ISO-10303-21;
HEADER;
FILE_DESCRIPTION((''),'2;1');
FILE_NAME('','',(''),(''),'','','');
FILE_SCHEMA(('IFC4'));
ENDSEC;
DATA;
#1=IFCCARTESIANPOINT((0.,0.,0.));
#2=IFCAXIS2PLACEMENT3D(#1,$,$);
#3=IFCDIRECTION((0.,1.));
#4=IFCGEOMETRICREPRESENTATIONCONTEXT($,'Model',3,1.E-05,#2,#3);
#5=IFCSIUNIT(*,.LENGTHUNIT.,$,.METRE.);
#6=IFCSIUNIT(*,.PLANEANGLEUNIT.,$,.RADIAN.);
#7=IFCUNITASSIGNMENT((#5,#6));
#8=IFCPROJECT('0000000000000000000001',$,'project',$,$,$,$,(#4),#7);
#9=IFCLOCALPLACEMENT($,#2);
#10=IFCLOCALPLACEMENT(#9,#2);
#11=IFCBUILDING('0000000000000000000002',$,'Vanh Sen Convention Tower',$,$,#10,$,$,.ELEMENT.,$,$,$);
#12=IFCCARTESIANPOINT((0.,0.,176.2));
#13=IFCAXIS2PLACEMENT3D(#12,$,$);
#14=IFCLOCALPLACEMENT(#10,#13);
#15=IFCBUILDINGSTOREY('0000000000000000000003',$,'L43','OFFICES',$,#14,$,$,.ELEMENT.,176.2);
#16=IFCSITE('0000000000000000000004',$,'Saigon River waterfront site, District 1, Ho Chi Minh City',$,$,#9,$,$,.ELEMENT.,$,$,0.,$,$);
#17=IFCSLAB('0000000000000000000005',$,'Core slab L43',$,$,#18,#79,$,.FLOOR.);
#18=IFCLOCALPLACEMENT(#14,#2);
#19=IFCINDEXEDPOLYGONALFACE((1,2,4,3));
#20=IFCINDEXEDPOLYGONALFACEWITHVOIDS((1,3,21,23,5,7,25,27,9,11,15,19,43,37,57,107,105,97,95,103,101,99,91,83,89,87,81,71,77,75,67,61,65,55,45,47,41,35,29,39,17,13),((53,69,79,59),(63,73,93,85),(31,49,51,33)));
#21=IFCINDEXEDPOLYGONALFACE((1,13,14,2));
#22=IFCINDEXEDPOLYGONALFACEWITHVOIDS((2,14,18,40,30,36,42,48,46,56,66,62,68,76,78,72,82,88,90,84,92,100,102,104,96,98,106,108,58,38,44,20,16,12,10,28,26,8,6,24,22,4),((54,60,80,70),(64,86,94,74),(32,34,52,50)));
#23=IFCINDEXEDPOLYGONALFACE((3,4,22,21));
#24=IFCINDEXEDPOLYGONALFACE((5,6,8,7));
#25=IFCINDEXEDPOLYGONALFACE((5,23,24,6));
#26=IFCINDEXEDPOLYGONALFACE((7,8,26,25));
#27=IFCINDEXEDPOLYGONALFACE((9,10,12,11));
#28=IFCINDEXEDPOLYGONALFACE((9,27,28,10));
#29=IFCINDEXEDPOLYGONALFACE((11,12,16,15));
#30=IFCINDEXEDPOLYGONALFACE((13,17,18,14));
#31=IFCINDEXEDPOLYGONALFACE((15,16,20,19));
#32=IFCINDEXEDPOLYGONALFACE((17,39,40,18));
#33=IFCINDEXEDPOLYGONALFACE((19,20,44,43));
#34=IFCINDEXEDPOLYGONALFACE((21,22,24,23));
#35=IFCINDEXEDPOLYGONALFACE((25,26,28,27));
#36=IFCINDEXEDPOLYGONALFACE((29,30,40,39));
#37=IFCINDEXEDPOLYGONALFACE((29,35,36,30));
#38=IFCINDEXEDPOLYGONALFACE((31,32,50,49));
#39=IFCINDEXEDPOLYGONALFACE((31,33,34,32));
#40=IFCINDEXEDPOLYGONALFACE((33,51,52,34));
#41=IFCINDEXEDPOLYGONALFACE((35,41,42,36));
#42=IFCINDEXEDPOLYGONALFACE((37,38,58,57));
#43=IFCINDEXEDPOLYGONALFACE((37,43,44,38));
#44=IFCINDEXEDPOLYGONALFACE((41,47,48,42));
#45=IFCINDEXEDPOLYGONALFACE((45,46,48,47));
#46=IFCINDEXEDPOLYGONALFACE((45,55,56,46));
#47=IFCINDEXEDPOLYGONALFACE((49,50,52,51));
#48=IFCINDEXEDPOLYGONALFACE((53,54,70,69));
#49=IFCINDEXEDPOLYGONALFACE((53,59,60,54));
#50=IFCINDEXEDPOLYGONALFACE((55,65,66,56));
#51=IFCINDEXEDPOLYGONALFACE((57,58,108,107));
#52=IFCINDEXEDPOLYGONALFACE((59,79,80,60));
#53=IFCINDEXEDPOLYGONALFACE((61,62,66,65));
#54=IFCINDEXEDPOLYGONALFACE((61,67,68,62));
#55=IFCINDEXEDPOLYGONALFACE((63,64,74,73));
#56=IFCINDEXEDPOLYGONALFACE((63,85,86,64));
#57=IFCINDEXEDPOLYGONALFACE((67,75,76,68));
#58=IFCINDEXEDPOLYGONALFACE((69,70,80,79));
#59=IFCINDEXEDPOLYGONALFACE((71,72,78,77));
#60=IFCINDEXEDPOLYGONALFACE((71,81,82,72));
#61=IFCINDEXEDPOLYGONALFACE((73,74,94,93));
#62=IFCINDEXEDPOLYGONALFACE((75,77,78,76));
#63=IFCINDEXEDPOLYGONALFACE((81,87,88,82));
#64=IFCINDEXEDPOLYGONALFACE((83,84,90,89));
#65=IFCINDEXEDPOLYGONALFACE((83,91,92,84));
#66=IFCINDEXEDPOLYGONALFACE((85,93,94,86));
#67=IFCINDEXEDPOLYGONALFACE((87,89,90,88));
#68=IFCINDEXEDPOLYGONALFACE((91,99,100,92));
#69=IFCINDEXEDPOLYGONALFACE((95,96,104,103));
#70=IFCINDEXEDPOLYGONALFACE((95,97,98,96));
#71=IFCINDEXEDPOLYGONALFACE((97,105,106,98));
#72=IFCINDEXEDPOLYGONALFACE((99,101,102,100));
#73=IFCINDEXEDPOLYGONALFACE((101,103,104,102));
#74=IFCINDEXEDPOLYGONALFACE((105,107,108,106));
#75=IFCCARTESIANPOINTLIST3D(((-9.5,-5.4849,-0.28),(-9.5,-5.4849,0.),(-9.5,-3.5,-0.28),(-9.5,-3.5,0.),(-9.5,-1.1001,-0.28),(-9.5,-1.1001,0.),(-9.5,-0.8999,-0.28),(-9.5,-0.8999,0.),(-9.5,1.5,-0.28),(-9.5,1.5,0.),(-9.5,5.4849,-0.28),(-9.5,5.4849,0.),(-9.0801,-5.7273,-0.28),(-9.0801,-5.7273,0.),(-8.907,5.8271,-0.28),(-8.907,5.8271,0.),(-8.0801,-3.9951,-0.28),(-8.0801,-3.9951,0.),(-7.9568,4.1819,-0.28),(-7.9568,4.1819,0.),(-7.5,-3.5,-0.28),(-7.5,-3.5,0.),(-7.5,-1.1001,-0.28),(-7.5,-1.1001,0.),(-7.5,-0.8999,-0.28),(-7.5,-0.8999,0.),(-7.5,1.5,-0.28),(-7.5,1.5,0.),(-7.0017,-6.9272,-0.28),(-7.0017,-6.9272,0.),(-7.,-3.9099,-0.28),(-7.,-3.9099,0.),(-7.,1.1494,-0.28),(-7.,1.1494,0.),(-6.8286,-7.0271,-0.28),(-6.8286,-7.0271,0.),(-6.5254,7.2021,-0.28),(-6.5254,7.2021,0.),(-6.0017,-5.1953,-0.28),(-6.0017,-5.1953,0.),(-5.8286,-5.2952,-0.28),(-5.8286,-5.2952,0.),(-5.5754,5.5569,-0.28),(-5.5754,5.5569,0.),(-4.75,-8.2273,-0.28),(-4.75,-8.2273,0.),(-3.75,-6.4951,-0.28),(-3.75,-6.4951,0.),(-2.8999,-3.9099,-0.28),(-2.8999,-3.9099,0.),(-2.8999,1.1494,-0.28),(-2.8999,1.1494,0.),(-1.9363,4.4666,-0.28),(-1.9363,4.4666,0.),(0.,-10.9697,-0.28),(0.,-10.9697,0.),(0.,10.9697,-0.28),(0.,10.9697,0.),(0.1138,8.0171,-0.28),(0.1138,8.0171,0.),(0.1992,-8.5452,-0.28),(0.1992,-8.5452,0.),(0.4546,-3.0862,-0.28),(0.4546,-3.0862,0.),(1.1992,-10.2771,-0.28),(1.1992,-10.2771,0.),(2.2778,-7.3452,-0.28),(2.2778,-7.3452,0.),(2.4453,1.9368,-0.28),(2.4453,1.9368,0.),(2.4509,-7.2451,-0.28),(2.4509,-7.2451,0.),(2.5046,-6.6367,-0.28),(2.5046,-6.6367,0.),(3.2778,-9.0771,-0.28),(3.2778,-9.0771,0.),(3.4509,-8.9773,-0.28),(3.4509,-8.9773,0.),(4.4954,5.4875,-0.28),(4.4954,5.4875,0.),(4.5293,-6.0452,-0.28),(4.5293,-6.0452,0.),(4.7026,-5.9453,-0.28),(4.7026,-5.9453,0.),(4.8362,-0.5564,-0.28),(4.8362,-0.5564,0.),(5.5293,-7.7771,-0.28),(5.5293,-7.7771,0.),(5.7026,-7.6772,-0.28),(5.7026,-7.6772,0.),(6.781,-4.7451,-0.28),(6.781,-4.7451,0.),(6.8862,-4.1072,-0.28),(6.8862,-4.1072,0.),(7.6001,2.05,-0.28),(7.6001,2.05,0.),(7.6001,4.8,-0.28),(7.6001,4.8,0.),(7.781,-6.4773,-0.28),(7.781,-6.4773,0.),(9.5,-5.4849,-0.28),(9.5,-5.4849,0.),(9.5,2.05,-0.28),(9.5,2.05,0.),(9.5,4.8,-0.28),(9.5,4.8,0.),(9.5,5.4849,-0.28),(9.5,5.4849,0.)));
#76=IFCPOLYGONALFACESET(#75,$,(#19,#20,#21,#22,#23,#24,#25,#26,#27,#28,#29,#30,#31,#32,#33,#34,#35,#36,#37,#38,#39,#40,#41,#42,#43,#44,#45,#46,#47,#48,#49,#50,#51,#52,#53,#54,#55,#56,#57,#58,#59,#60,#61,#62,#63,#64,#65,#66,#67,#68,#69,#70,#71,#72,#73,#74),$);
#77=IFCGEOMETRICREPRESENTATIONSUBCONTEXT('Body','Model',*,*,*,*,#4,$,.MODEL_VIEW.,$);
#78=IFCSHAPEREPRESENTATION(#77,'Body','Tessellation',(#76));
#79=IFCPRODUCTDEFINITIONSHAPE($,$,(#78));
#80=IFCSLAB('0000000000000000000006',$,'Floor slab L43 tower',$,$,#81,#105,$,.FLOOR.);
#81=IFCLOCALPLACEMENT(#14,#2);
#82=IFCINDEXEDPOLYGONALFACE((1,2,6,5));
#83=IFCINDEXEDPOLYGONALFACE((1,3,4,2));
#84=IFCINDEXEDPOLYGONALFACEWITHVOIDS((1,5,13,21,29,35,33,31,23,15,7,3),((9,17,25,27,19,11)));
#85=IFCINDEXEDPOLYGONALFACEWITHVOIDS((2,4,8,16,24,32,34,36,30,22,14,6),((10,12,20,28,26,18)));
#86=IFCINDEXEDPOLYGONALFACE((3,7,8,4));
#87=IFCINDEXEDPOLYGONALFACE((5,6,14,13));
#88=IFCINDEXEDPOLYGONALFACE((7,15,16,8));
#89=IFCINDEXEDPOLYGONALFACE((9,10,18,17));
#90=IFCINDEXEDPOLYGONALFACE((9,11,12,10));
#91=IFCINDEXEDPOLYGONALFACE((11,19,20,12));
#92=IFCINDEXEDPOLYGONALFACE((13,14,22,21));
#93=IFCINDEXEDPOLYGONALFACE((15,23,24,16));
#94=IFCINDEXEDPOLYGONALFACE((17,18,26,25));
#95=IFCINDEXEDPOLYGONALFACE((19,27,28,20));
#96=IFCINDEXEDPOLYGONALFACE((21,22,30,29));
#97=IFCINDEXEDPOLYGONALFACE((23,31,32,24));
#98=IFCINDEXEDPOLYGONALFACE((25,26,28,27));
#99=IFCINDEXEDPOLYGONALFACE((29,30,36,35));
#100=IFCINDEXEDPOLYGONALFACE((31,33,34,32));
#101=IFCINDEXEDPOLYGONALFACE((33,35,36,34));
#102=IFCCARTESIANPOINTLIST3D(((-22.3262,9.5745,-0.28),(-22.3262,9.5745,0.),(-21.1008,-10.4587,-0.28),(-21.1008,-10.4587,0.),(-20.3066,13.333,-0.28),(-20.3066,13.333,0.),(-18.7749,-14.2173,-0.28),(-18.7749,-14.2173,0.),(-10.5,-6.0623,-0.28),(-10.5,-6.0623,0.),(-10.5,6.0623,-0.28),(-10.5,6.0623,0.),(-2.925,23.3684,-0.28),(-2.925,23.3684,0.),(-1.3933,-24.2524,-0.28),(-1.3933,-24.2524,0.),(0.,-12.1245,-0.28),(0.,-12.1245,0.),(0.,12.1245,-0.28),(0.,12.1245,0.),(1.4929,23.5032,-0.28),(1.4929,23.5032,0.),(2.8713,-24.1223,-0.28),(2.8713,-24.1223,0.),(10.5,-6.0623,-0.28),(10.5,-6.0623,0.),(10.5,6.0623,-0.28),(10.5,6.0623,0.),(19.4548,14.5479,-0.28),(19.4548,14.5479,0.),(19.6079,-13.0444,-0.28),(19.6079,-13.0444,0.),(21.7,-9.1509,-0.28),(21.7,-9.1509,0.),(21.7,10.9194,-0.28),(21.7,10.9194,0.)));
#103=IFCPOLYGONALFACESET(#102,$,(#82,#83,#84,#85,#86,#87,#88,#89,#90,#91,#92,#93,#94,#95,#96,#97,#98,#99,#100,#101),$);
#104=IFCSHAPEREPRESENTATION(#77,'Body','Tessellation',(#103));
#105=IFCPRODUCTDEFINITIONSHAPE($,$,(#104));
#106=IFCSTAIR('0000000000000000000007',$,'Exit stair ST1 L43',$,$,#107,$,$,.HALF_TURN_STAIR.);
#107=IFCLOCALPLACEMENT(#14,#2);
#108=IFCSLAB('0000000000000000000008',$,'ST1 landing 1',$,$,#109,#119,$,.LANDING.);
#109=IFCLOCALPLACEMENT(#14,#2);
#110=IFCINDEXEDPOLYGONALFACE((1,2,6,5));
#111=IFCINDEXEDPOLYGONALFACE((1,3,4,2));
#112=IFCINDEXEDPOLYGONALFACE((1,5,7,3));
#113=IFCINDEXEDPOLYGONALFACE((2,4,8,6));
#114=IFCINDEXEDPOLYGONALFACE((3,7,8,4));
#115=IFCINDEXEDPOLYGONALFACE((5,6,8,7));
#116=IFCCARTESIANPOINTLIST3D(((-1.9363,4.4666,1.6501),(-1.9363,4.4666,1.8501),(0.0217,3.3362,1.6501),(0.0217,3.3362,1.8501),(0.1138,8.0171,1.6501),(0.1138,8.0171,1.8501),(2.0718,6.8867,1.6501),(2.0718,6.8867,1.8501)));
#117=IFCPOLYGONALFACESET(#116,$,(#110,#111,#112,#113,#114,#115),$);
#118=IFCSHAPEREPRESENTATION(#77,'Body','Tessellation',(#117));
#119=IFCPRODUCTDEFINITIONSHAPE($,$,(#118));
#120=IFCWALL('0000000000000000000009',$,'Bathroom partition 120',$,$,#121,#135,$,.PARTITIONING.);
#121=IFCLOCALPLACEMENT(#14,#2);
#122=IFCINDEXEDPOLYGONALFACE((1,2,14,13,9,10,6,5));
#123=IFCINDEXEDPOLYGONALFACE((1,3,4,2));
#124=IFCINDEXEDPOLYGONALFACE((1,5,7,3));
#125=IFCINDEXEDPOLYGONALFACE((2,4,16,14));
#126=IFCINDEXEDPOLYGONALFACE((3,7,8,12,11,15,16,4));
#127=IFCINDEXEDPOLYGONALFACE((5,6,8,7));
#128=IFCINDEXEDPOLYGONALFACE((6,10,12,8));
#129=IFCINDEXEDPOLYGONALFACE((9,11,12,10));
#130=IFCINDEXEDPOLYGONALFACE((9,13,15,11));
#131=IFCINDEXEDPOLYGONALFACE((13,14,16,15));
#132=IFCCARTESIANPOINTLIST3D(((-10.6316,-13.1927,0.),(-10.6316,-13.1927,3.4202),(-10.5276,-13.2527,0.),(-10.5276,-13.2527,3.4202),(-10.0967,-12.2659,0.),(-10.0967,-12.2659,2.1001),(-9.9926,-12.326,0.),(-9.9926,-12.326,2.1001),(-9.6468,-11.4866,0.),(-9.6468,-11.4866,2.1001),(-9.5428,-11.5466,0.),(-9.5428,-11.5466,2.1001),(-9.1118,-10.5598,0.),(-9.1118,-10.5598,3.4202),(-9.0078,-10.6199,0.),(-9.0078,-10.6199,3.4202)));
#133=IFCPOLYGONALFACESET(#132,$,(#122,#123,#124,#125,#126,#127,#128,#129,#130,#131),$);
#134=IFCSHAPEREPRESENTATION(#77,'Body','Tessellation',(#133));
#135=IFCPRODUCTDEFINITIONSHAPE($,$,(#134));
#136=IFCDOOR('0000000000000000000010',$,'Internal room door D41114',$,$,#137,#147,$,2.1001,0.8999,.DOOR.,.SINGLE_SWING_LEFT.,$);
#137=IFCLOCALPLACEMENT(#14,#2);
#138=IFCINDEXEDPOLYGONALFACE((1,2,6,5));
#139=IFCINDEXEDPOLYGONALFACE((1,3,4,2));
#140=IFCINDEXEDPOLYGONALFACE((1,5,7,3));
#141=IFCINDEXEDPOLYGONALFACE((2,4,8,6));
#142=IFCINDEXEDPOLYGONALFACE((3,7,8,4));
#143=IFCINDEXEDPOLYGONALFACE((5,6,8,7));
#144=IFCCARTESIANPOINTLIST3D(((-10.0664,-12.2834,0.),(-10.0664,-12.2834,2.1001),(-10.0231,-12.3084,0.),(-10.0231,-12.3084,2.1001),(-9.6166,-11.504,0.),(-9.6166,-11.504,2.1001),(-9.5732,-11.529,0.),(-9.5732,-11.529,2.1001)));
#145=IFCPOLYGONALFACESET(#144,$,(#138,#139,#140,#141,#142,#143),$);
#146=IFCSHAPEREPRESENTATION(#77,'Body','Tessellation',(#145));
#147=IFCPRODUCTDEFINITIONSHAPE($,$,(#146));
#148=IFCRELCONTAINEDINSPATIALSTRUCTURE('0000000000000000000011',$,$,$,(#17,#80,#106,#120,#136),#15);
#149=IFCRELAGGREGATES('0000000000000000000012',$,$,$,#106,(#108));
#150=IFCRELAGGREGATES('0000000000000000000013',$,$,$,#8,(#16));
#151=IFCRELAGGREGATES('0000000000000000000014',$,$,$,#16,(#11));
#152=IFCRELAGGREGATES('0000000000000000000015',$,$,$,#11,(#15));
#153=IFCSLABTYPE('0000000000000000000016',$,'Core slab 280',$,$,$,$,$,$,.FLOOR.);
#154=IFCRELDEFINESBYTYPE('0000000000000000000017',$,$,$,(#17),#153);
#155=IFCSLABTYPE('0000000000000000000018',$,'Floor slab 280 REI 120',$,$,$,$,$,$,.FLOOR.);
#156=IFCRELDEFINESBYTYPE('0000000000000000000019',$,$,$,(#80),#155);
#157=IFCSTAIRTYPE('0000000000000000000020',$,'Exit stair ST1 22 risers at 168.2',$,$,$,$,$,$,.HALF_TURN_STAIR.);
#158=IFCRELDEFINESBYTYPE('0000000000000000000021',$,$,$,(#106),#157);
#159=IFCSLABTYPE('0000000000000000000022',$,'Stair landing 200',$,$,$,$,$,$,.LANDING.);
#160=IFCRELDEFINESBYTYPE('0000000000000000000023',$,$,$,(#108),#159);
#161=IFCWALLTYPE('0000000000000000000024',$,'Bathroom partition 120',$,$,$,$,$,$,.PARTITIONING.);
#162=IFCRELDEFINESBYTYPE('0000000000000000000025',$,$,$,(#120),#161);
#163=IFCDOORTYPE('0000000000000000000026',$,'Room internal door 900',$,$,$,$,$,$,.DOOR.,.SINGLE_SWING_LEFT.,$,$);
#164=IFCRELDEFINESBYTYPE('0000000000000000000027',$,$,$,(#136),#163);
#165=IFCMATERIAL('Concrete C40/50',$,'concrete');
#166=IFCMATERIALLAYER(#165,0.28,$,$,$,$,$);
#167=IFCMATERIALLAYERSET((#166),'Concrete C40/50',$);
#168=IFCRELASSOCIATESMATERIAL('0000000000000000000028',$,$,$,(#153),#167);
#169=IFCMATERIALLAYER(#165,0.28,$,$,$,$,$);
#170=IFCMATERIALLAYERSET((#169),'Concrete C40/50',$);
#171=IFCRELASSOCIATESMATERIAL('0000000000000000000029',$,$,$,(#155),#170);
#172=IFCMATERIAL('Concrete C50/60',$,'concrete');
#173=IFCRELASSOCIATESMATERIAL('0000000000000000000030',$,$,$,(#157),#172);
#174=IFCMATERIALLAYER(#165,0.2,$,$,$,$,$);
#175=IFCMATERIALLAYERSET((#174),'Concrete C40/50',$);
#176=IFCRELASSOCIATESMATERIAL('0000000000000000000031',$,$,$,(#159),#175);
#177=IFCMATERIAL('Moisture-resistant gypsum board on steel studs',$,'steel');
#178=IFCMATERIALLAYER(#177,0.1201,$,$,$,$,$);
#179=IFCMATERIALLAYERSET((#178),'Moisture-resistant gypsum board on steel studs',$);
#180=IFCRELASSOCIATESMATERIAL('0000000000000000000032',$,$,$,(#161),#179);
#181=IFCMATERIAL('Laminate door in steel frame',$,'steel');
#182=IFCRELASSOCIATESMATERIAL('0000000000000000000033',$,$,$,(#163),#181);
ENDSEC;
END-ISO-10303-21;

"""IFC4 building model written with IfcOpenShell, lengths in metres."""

from ifc_helpers import new_model, si_unit, direction, frame, frame_2d, origin, place, context, subcontext, project, spatial, polyline, rectangle, outline, extrude, material, layer, layer_set, type_object, element, fill, aggregate, save


model = new_model("IFC4")

# Units and contexts
model_context = context("Model", 3, precision=1e-05, world=origin(), true_north=direction((0.0, 1.0)))
body_context = subcontext(model_context, "Body", "Model", "MODEL_VIEW")
ifc_project = project(units=[si_unit("LENGTHUNIT", "METRE"), si_unit("PLANEANGLEUNIT", "RADIAN")], contexts=[model_context])

# Site, building, storey
site_placement = place(None, origin())
site = spatial("IfcSite", under=ifc_project, at=site_placement, Name="Saigon River waterfront site, District 1, Ho Chi Minh City", CompositionType="ELEMENT", RefElevation=0.0)
building_placement = place(site_placement, origin())
building = spatial("IfcBuilding", under=site, at=building_placement, Name="Vanh Sen Convention Tower", CompositionType="ELEMENT")
storey_placement = place(building_placement, frame((0.0, 0.0, 176.2)))
storey = spatial("IfcBuildingStorey", under=building, at=storey_placement, Name="L43", Description="OFFICES", CompositionType="ELEMENT", Elevation=176.2)

# Slabs
ifc_material_1 = material(Name="Concrete C40/50", Category="concrete")
ifc_layer_1 = layer(ifc_material_1, 0.28)
ifc_layer_set_1 = layer_set([ifc_layer_1], Name="Concrete C40/50")
slab_type_1 = type_object("IfcSlabType", Name="Core slab 280", PredefinedType="FLOOR", material=ifc_layer_set_1)
slab_1_placement = place(storey_placement, frame((0.0, 0.0, -0.28)))
element("IfcSlab", 1, at=slab_1_placement, inside=storey, type_object=slab_type_1, Name="Core slab L43", PredefinedType="FLOOR", context=body_context, shape_type="SweptSolid", body=[
    extrude(outline(polyline([(0.0, 10.9697), (9.5, 5.4849), (9.5, 4.8), (7.6001, 4.8), (7.6001, 2.05), (9.5, 2.05), (9.5, -5.4849), (7.781, -6.4773), (6.781, -4.7451), (4.7026, -5.9453), (5.7026, -7.6772), (5.5293, -7.7771), (4.5293, -6.0452), (2.4509, -7.2451), (3.4509, -8.9773), (3.2778, -9.0771), (2.2778, -7.3452), (0.1992, -8.5452), (1.1992, -10.2771), (0.0, -10.9697), (-4.75, -8.2273), (-3.75, -6.4951), (-5.8286, -5.2952), (-6.8286, -7.0271), (-7.0017, -6.9272), (-6.0017, -5.1953), (-8.0801, -3.9951), (-9.0801, -5.7273), (-9.5, -5.4849), (-9.5, -3.5), (-7.5, -3.5), (-7.5, -1.1001), (-9.5, -1.1001), (-9.5, -0.8999), (-7.5, -0.8999), (-7.5, 1.5), (-9.5, 1.5), (-9.5, 5.4849), (-8.907, 5.8271), (-7.9568, 4.1819), (-5.5754, 5.5569), (-6.5254, 7.2021), (0.0, 10.9697)]), holes=[polyline([(-7.0, 1.1494), (-7.0, -3.9099), (-2.8999, -3.9099), (-2.8999, 1.1494), (-7.0, 1.1494)]), polyline([(2.5046, -6.6367), (6.8862, -4.1072), (4.8362, -0.5564), (0.4546, -3.0862), (2.5046, -6.6367)]), polyline([(0.1138, 8.0171), (-1.9363, 4.4666), (2.4453, 1.9368), (4.4954, 5.4875), (0.1138, 8.0171)])]), origin(), (0.0, 0.0, 1.0), 0.28),
])
ifc_layer_2 = layer(ifc_material_1, 0.28)
ifc_layer_set_2 = layer_set([ifc_layer_2], Name="Concrete C40/50")
slab_type_2 = type_object("IfcSlabType", Name="Floor slab 280 REI 120", PredefinedType="FLOOR", material=ifc_layer_set_2)
slab_2_placement = place(storey_placement, frame((0.0, 0.0, -0.28)))
element("IfcSlab", 2, at=slab_2_placement, inside=storey, type_object=slab_type_2, Name="Floor slab L43 tower", PredefinedType="FLOOR", context=body_context, shape_type="SweptSolid", body=[
    extrude(outline(polyline([(21.7, -9.1509), (21.7, 10.9194), (19.4548, 14.5479), (1.4929, 23.5032), (-2.925, 23.3684), (-20.3066, 13.333), (-22.3262, 9.5745), (-21.1008, -10.4587), (-18.7749, -14.2173), (-1.3933, -24.2524), (2.8713, -24.1223), (19.6079, -13.0444), (21.7, -9.1509)]), holes=[polyline([(0.0, 12.1245), (-10.5, 6.0623), (-10.5, -6.0623), (0.0, -12.1245), (10.5, -6.0623), (10.5, 6.0623), (0.0, 12.1245)])]), origin(), (0.0, 0.0, 1.0), 0.28),
])

# Stair, slab
ifc_material_2 = material(Name="Concrete C50/60", Category="concrete")
stair_type = type_object("IfcStairType", Name="Exit stair ST1 22 risers at 168.2", PredefinedType="HALF_TURN_STAIR", material=ifc_material_2)
stair_placement = place(storey_placement, origin())
stair = element("IfcStair", 3, at=stair_placement, inside=storey, type_object=stair_type, Name="Exit stair ST1 L43", PredefinedType="HALF_TURN_STAIR")
ifc_layer_3 = layer(ifc_material_1, 0.2)
ifc_layer_set_3 = layer_set([ifc_layer_3], Name="Concrete C40/50")
slab_type_3 = type_object("IfcSlabType", Name="Stair landing 200", PredefinedType="LANDING", material=ifc_layer_set_3)
slab_3_placement = place(storey_placement, frame((0.0, 0.0, 1.6501)))
slab_3 = element("IfcSlab", 4, at=slab_3_placement, type_object=slab_type_3, Name="ST1 landing 1", PredefinedType="LANDING", context=body_context, shape_type="SweptSolid", body=[
    extrude(outline(polyline([(2.0718, 6.8867), (0.1138, 8.0171), (-1.9363, 4.4666), (0.0217, 3.3362), (2.0718, 6.8867)])), origin(), (0.0, 0.0, 1.0), 0.2),
])
aggregate(stair, [slab_3])

# Wall, opening, door
ifc_material_3 = material(Name="Moisture-resistant gypsum board on steel studs", Category="steel")
ifc_layer_4 = layer(ifc_material_3, 0.1201)
ifc_layer_set_4 = layer_set([ifc_layer_4], Name="Moisture-resistant gypsum board on steel studs")
wall_type_1 = type_object("IfcWallType", Name="Bathroom partition 120", PredefinedType="PARTITIONING", material=ifc_layer_set_4)
wall_1_placement = place(storey_placement, frame((-9.0598, -10.5898, 0.0), z_axis=(0.0, 0.0, 1.0), x_axis=(-0.499931, -0.866065, 0.0)))
wall_1 = element("IfcWall", 5, at=wall_1_placement, inside=storey, type_object=wall_type_1, Name="Bathroom partition 120", PredefinedType="PARTITIONING", context=body_context, shape_type="SweptSolid", body=[
    extrude(rectangle(XDim=3.04, YDim=0.1201, at=frame_2d((1.52, 0.0))), origin(), (0.0, 0.0, 1.0), 3.4202),
])
opening_1_placement = place(wall_1_placement, frame((1.0701, 0.0, 0.0)))
opening_1 = element("IfcOpeningElement", 6, at=opening_1_placement, cuts=wall_1, PredefinedType="OPENING", context=body_context, shape_type="SweptSolid", body=[
    extrude(rectangle(XDim=0.8999, YDim=2.1001, at=frame_2d((0.45, 1.05))), frame((0.0, 0.0701, 0.0), z_axis=(0.0, -1.0, 0.0), x_axis=(1.0, 0.0, 0.0)), (0.0, 0.0, 1.0), 0.1401),
])
ifc_material_4 = material(Name="Laminate door in steel frame", Category="steel")
door_type_1 = type_object("IfcDoorType", Name="Room internal door 900", OperationType="SINGLE_SWING_LEFT", PredefinedType="DOOR", material=ifc_material_4)
door_1_placement = place(opening_1_placement, origin())
door_1 = element("IfcDoor", 7, at=door_1_placement, inside=storey, type_object=door_type_1, Name="Internal room door D41114", OperationType="SINGLE_SWING_LEFT", OverallHeight=2.1001, OverallWidth=0.8999, PredefinedType="DOOR", context=body_context, shape_type="SweptSolid", body=[
    extrude(rectangle(XDim=0.8999, YDim=2.1001, at=frame_2d((0.45, 1.05))), frame((0.0, 0.0249, 0.0), z_axis=(0.0, -1.0, 0.0), x_axis=(1.0, 0.0, 0.0)), (0.0, 0.0, 1.0), 0.05),
])
fill(opening_1, door_1)

save(model, "model.ifc")
